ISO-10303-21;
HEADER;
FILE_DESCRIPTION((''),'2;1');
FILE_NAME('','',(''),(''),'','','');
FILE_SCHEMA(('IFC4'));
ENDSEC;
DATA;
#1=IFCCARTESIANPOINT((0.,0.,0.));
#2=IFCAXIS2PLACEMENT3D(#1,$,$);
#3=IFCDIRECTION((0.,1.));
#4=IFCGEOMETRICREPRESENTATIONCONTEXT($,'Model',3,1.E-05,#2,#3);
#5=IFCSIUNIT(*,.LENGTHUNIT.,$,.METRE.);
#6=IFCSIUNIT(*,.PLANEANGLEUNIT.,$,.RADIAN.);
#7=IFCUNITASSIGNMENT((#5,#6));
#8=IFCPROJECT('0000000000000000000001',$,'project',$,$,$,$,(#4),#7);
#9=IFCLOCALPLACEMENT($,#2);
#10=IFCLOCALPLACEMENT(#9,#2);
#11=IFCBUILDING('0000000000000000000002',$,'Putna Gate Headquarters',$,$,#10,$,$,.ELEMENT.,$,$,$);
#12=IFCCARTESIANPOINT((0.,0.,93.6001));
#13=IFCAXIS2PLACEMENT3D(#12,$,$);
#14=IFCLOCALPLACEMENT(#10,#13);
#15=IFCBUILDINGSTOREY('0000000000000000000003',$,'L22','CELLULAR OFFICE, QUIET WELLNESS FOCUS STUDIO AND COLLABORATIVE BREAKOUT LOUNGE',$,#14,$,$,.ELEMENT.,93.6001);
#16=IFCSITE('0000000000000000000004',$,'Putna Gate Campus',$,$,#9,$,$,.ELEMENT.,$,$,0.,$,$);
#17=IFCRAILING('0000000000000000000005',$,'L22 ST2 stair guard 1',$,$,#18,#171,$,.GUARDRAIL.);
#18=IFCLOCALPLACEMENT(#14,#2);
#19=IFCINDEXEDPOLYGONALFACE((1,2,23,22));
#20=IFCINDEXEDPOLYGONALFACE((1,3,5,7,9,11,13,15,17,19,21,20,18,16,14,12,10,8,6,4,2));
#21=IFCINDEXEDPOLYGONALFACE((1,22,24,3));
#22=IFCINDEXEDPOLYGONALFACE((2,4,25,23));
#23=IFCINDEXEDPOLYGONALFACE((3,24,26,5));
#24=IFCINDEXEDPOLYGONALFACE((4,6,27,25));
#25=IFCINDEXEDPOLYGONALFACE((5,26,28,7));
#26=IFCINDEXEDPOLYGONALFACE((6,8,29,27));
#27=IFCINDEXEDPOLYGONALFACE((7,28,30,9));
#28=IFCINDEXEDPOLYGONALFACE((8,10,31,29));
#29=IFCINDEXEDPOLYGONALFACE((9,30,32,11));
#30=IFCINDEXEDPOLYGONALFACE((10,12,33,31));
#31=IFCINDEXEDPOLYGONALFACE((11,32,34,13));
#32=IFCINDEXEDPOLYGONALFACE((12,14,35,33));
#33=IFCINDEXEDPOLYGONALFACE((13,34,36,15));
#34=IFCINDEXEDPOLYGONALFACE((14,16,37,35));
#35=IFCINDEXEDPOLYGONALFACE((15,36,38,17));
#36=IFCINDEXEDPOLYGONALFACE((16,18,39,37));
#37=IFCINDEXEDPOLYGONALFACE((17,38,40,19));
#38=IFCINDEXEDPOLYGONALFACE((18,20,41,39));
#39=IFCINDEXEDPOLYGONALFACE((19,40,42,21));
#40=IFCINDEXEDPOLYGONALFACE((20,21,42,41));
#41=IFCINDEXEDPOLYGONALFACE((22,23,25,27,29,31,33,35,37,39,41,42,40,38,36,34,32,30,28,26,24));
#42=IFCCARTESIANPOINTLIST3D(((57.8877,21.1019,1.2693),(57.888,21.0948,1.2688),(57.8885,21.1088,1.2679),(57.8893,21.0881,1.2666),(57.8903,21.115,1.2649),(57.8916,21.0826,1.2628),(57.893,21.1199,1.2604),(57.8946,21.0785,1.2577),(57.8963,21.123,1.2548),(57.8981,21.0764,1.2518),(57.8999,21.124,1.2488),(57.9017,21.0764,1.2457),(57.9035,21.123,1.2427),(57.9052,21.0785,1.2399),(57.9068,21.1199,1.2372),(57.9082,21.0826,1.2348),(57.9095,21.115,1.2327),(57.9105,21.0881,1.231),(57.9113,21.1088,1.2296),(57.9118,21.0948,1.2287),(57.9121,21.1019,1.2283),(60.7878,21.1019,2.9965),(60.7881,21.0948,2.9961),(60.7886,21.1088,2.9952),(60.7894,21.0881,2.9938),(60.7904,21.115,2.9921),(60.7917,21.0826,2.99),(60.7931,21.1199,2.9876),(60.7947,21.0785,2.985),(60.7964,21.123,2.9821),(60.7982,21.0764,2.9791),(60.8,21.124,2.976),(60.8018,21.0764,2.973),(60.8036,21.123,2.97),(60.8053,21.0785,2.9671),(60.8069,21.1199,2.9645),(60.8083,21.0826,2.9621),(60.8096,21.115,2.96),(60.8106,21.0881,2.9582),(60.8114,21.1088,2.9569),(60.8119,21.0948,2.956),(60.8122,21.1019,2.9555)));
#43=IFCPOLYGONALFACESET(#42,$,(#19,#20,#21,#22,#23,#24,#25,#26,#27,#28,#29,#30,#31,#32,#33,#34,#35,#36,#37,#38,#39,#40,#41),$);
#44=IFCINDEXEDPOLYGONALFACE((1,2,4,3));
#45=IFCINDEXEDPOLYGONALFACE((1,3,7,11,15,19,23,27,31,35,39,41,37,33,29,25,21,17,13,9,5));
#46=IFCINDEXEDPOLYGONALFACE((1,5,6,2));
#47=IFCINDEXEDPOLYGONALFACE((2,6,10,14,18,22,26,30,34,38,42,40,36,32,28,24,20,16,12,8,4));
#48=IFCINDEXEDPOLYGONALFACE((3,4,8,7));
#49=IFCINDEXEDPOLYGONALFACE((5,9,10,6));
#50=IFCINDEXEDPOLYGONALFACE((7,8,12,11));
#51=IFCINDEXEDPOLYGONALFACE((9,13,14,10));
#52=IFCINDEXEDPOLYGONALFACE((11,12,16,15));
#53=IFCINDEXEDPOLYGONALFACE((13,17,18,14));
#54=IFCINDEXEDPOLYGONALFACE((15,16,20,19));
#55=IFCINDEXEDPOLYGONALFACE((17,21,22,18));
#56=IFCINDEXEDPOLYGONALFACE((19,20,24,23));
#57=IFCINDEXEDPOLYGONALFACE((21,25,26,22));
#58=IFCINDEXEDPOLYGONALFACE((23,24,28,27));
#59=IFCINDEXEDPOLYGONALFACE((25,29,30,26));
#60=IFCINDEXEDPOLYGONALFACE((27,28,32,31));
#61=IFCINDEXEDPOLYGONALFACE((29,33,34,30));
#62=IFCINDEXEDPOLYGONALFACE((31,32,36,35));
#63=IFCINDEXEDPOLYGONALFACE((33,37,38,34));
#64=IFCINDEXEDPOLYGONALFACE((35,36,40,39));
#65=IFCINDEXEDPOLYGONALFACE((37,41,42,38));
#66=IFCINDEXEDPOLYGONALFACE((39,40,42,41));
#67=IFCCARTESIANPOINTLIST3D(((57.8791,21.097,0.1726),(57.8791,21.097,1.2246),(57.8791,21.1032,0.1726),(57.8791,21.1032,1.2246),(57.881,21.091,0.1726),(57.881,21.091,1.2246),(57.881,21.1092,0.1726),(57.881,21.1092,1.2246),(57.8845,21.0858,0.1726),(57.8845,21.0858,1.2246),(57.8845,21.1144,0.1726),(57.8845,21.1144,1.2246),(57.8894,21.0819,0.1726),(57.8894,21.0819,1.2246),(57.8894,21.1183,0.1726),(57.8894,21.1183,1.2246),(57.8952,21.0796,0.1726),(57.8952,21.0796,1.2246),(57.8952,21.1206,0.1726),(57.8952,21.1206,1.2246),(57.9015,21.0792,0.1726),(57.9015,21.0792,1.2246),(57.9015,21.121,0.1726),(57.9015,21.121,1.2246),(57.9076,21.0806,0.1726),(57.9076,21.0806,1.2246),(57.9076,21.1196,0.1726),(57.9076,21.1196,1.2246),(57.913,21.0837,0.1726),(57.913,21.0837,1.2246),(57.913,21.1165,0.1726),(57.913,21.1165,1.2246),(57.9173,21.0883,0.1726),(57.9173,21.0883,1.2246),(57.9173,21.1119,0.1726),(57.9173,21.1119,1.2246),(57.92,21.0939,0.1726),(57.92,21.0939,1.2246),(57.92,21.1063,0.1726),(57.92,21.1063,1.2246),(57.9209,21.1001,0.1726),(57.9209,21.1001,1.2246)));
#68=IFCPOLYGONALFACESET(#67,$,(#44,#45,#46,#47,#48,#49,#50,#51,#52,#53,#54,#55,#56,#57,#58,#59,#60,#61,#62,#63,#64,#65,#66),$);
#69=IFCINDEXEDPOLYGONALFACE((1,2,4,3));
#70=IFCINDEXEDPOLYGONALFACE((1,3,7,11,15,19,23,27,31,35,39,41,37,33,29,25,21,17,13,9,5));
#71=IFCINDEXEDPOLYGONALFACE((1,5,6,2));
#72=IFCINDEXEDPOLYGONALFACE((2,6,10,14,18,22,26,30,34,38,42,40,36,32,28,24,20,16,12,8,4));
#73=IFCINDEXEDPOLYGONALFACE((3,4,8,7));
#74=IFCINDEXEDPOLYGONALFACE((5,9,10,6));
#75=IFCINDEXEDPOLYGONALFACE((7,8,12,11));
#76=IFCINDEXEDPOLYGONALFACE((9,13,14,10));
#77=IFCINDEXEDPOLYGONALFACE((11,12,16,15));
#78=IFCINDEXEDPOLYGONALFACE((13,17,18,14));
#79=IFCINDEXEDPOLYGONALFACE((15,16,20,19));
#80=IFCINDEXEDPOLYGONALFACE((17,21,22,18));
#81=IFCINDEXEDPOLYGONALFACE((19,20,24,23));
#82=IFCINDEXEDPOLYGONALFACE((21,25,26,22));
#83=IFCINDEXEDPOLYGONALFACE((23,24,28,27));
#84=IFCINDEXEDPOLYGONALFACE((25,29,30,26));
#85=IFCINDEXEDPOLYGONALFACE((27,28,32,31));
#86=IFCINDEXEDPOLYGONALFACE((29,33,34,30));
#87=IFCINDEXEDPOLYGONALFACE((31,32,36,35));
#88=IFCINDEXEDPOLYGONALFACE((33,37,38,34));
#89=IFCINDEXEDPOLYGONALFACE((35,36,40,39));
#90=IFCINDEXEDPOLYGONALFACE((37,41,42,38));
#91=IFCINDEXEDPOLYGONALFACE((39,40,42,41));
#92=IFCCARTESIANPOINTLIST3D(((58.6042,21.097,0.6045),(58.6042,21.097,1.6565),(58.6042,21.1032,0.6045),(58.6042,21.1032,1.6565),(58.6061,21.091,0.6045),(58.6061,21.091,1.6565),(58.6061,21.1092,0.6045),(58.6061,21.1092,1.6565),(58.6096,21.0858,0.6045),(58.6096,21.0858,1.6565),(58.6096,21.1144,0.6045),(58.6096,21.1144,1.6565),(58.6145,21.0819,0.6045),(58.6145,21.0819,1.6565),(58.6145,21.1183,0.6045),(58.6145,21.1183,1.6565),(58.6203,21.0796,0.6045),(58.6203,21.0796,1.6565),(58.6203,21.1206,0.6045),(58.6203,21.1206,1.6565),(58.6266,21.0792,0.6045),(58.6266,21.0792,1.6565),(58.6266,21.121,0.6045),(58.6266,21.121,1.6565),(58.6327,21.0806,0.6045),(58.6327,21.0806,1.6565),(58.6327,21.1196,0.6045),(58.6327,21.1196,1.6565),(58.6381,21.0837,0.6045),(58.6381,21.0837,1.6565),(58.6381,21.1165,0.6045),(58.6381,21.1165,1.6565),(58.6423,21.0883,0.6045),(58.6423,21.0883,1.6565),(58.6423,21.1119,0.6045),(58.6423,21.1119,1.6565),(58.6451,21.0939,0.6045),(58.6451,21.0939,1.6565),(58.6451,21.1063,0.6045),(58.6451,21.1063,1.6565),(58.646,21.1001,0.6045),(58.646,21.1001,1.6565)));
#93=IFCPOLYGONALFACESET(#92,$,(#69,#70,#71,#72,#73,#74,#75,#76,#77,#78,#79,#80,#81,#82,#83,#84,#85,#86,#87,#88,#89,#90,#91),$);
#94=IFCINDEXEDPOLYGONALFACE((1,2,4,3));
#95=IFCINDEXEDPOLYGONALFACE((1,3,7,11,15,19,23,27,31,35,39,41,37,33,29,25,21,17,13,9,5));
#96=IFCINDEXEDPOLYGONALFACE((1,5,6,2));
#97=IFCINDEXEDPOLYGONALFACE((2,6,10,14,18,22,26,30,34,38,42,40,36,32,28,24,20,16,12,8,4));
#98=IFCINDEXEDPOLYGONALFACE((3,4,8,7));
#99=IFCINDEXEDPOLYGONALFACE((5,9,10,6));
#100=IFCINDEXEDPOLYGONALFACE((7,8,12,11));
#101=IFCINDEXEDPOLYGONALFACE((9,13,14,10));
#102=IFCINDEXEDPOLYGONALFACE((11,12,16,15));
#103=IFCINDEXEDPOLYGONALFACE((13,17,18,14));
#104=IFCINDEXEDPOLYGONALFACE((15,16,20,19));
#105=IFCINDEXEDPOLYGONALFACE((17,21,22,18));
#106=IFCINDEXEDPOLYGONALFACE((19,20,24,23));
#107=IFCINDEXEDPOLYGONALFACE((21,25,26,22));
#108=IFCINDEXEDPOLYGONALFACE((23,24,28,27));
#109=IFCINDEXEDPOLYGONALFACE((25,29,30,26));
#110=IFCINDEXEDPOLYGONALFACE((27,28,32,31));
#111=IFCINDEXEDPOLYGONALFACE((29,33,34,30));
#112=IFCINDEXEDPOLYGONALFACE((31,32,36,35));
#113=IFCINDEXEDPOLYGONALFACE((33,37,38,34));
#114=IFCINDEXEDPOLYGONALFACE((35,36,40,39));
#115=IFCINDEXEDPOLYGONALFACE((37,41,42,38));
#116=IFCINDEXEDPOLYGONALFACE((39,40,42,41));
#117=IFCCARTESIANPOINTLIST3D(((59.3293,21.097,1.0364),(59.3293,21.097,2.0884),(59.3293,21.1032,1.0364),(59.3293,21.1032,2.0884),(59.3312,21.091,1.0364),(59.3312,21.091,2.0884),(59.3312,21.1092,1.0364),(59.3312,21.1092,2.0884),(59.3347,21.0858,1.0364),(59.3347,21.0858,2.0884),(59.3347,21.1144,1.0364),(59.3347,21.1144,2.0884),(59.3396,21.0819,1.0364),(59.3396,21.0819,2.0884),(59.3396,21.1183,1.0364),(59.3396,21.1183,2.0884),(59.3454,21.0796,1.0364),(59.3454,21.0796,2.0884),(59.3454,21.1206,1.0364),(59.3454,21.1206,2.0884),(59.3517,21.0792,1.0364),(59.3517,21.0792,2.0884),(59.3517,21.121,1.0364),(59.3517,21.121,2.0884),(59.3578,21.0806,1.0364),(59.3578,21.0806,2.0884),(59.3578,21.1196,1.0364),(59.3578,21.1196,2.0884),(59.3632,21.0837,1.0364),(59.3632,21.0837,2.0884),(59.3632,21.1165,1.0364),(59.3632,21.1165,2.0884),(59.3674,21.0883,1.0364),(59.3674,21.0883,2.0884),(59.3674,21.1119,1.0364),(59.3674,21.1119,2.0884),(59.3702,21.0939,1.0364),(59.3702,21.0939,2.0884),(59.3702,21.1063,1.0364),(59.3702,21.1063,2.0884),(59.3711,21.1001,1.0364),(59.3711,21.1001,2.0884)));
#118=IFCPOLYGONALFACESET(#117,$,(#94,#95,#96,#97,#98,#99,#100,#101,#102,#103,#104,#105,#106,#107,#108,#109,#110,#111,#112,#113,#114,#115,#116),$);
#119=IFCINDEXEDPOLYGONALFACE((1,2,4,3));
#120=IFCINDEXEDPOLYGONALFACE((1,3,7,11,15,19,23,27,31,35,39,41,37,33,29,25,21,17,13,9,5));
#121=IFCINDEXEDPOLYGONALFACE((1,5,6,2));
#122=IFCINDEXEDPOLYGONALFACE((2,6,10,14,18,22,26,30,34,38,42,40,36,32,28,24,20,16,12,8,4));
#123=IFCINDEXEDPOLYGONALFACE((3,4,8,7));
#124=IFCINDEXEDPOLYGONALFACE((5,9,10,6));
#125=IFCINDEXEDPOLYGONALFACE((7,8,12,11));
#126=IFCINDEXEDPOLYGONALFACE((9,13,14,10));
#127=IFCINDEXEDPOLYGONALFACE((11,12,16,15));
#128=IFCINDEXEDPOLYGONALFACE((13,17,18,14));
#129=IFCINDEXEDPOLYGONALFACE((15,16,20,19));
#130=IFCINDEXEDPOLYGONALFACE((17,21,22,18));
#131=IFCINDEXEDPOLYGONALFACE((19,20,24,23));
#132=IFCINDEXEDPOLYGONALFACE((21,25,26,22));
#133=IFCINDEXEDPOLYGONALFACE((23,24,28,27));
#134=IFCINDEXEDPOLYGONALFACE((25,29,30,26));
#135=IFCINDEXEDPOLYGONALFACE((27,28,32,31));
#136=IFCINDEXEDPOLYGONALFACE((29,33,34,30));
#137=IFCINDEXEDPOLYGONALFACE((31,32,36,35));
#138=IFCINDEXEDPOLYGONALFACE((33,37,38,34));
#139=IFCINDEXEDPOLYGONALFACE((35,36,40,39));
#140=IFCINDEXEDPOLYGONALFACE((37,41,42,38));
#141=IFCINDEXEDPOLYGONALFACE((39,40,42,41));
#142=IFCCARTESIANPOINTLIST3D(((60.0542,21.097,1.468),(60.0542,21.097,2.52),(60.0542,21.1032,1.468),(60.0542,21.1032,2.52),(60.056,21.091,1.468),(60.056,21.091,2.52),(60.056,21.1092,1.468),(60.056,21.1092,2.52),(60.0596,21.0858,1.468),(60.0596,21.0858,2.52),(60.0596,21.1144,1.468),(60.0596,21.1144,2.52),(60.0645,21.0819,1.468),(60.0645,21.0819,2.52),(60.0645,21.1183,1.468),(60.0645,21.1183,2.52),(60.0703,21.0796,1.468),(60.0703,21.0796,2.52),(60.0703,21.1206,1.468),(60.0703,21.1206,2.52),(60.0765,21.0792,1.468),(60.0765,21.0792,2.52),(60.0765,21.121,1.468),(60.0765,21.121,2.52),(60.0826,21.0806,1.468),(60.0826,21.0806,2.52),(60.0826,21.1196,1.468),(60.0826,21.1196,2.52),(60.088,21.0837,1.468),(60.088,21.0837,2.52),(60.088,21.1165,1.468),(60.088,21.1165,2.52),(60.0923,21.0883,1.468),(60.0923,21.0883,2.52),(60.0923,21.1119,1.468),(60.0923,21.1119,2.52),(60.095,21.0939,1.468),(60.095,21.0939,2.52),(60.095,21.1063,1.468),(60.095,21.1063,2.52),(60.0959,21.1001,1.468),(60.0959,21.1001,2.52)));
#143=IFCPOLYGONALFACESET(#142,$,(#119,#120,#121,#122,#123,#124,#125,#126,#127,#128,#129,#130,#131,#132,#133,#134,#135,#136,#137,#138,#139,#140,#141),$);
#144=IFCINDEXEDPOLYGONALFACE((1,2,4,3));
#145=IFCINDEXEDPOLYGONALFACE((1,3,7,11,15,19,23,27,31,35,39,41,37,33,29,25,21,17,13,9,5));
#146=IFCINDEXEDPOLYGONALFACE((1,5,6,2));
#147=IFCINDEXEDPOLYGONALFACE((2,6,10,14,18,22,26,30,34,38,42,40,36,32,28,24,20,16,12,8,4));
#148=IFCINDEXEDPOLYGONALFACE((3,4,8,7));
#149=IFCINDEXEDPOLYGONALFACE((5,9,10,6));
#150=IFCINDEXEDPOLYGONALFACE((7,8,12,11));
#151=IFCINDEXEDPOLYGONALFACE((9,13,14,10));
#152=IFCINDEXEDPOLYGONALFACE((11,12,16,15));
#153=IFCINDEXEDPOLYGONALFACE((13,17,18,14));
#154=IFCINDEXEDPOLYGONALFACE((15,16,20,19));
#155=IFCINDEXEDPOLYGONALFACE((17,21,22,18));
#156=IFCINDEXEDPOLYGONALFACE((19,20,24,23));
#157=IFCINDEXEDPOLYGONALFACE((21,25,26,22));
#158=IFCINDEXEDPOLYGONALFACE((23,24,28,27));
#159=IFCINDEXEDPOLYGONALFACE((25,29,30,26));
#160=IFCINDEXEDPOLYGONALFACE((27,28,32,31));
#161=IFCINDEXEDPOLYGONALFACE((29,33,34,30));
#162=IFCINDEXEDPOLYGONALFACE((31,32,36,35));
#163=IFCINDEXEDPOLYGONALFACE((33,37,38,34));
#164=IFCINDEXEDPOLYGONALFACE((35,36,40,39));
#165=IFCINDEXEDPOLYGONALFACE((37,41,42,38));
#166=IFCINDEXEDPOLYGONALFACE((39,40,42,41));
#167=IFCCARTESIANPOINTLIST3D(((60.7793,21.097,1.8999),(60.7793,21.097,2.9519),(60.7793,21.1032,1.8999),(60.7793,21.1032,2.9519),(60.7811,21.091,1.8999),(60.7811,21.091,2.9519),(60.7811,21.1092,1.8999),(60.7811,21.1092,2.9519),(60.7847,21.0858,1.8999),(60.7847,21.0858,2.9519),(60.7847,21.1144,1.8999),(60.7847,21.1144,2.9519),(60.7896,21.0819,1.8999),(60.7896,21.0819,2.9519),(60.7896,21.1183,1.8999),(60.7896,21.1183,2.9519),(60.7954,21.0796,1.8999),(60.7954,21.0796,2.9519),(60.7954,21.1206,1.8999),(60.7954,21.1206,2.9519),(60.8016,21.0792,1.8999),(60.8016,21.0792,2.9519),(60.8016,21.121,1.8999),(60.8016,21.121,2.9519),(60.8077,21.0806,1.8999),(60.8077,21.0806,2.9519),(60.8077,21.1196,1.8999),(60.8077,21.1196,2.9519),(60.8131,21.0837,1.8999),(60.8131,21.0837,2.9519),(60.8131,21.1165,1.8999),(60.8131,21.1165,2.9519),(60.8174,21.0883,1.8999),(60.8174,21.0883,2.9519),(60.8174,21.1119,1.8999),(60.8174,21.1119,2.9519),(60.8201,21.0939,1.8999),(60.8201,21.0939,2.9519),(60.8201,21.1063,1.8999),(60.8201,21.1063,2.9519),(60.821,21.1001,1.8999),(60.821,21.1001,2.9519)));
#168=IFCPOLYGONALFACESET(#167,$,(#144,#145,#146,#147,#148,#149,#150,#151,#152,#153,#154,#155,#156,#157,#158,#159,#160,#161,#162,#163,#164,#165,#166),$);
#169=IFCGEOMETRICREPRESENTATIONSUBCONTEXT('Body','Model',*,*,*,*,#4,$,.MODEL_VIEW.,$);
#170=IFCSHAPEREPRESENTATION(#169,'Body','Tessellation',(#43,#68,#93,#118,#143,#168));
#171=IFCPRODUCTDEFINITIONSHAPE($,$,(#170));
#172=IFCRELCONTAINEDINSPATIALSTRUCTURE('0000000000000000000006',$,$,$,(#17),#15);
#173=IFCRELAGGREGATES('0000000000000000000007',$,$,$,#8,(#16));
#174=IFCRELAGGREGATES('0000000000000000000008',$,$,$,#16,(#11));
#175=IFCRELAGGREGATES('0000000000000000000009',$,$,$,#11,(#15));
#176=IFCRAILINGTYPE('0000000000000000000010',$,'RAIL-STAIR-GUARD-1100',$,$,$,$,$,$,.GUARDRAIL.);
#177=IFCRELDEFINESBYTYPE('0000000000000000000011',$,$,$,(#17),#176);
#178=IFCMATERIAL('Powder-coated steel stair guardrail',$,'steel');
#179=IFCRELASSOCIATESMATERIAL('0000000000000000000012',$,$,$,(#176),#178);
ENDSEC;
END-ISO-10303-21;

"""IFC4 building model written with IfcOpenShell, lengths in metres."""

from ifc_helpers import new_model, si_unit, direction, frame, origin, origin_2d, place, context, subcontext, project, spatial, circle, extrude, material, type_object, element, save


model = new_model("IFC4")

# Units and contexts
model_context = context("Model", 3, precision=1e-05, world=origin(), true_north=direction((0.0, 1.0)))
body_context = subcontext(model_context, "Body", "Model", "MODEL_VIEW")
ifc_project = project(units=[si_unit("LENGTHUNIT", "METRE"), si_unit("PLANEANGLEUNIT", "RADIAN")], contexts=[model_context])

# Site, building, storey
site_placement = place(None, origin())
site = spatial("IfcSite", under=ifc_project, at=site_placement, Name="Putna Gate Campus", CompositionType="ELEMENT", RefElevation=0.0)
building_placement = place(site_placement, origin())
building = spatial("IfcBuilding", under=site, at=building_placement, Name="Putna Gate Headquarters", CompositionType="ELEMENT")
storey_placement = place(building_placement, frame((0.0, 0.0, 93.6001)))
storey = spatial("IfcBuildingStorey", under=building, at=storey_placement, Name="L22", Description="CELLULAR OFFICE, QUIET WELLNESS FOCUS STUDIO AND COLLABORATIVE BREAKOUT LOUNGE", CompositionType="ELEMENT", Elevation=93.6001)

# Railing
ifc_material_1 = material(Name="Powder-coated steel stair guardrail", Category="steel")
railing_type_1 = type_object("IfcRailingType", Name="RAIL-STAIR-GUARD-1100", PredefinedType="GUARDRAIL", material=ifc_material_1)
railing_1_placement = place(storey_placement, frame((57.8999, 21.1001, 0.1726)))
element("IfcRailing", 1, at=railing_1_placement, inside=storey, type_object=railing_type_1, Name="L22 ST2 stair guard 1", PredefinedType="GUARDRAIL", context=body_context, shape_type="SweptSolid", body=[
    extrude(circle(Radius=0.0239, at=origin_2d()), frame((0.0, 0.0, 1.0762), z_axis=(0.85916, 0.0, 0.511706), x_axis=(0.0, 1.0, 0.0)), (0.0, 0.0, 1.0), 3.3755),
    extrude(circle(Radius=0.021, at=origin_2d()), origin(), (0.0, 0.0, 1.0), 1.052),
    extrude(circle(Radius=0.021, at=origin_2d()), frame((0.7251, 0.0, 0.4319)), (0.0, 0.0, 1.0), 1.052),
    extrude(circle(Radius=0.021, at=origin_2d()), frame((1.4502, 0.0, 0.8638)), (0.0, 0.0, 1.0), 1.052),
    extrude(circle(Radius=0.021, at=origin_2d()), frame((2.175, 0.0, 1.2954)), (0.0, 0.0, 1.0), 1.052),
    extrude(circle(Radius=0.021, at=origin_2d()), frame((2.9001, 0.0, 1.7273)), (0.0, 0.0, 1.0), 1.052),
])

save(model, "model.ifc")
